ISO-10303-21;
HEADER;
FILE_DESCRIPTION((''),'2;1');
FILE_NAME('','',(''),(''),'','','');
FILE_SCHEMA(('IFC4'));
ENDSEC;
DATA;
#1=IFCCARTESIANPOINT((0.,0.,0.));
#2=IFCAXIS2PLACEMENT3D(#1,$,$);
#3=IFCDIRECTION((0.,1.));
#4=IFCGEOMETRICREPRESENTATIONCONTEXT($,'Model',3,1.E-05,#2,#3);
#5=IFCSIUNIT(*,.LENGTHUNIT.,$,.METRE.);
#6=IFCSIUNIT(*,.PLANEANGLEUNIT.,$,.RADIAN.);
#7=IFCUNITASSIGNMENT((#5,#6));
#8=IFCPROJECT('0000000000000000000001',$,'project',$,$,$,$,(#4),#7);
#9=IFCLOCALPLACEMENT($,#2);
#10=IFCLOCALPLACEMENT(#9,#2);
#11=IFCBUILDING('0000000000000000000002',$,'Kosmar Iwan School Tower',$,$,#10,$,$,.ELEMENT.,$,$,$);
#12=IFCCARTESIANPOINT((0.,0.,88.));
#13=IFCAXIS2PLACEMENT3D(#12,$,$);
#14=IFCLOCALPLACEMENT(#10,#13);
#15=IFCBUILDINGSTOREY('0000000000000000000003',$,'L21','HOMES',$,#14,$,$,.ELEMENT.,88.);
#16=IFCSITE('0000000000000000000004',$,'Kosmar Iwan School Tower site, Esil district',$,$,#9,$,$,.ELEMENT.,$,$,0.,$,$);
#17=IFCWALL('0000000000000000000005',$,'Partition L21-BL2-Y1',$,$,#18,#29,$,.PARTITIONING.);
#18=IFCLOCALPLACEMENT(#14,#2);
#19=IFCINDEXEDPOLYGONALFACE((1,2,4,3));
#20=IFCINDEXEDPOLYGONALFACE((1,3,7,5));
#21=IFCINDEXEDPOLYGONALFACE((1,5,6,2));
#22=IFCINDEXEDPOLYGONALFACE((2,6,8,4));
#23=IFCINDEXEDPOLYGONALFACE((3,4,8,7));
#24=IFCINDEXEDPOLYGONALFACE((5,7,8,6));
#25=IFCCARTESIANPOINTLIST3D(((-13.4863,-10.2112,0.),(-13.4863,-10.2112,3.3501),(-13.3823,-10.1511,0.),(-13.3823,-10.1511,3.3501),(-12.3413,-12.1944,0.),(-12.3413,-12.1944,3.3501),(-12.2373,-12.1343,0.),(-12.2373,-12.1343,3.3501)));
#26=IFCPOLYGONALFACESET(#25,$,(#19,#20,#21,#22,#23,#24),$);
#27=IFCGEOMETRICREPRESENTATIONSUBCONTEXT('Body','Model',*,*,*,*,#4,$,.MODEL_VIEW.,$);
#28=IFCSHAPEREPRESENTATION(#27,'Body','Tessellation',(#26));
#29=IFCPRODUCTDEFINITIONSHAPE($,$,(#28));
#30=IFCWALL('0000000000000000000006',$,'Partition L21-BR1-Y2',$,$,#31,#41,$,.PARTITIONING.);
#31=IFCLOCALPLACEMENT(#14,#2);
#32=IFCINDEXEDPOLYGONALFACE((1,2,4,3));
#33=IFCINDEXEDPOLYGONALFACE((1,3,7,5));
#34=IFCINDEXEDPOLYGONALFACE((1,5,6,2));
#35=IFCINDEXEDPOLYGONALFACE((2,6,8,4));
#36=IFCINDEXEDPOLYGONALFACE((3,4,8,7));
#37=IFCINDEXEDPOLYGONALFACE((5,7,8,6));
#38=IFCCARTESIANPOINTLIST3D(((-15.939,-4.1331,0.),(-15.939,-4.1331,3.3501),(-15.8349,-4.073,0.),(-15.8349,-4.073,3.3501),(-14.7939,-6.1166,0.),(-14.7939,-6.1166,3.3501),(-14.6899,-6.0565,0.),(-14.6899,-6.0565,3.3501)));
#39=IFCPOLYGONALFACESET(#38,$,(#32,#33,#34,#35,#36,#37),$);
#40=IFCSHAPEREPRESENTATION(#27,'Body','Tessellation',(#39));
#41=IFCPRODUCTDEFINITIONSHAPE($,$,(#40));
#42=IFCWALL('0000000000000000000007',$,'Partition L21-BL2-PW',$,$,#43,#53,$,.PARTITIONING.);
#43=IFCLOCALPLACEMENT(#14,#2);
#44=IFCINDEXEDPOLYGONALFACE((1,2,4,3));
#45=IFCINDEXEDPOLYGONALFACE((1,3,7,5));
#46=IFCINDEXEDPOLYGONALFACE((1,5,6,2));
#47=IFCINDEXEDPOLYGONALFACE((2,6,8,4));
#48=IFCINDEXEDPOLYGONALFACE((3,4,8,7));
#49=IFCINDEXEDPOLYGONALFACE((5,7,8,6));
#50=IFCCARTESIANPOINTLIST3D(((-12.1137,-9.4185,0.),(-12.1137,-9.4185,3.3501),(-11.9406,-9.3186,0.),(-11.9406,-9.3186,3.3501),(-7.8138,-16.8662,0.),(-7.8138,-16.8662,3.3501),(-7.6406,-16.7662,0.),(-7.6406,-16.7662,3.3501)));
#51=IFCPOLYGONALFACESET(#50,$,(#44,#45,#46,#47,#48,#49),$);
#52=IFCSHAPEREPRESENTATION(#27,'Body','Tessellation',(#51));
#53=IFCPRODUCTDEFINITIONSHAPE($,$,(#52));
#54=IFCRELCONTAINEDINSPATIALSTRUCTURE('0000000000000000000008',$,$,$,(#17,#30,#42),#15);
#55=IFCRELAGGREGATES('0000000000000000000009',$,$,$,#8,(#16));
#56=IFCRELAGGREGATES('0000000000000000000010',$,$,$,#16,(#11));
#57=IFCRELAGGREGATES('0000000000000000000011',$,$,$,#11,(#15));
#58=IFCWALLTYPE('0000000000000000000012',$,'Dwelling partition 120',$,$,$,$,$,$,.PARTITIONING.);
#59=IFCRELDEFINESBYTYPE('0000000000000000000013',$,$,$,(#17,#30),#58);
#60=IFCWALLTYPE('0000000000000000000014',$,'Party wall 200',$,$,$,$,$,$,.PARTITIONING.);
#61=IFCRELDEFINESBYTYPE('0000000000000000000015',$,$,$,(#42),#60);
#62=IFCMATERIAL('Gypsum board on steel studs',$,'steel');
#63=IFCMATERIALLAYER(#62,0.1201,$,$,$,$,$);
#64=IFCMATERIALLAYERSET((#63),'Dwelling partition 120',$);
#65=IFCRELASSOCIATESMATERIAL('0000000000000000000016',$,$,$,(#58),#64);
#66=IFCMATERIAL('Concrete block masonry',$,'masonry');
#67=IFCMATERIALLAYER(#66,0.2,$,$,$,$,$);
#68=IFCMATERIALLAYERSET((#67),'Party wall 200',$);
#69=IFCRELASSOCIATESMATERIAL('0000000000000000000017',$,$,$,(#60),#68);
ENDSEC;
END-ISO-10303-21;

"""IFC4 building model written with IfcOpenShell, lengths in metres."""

from ifc_helpers import new_model, si_unit, direction, frame, frame_2d, origin, place, context, subcontext, project, spatial, rectangle, extrude, material, layer, layer_set, type_object, element, save


model = new_model("IFC4")

# Units and contexts
model_context = context("Model", 3, precision=1e-05, world=origin(), true_north=direction((0.0, 1.0)))
body_context = subcontext(model_context, "Body", "Model", "MODEL_VIEW")
ifc_project = project(units=[si_unit("LENGTHUNIT", "METRE"), si_unit("PLANEANGLEUNIT", "RADIAN")], contexts=[model_context])

# Site, building, storey
site_placement = place(None, origin())
site = spatial("IfcSite", under=ifc_project, at=site_placement, Name="Kosmar Iwan School Tower site, Esil district", CompositionType="ELEMENT", RefElevation=0.0)
building_placement = place(site_placement, origin())
building = spatial("IfcBuilding", under=site, at=building_placement, Name="Kosmar Iwan School Tower", CompositionType="ELEMENT")
storey_placement = place(building_placement, frame((0.0, 0.0, 88.0)))
storey = spatial("IfcBuildingStorey", under=building, at=storey_placement, Name="L21", Description="HOMES", CompositionType="ELEMENT", Elevation=88.0)

# Shared definitions
ifc_material_1 = material(Name="Gypsum board on steel studs", Category="steel")
ifc_layer_1 = layer(ifc_material_1, 0.1201)
ifc_layer_set_1 = layer_set([ifc_layer_1], Name="Dwelling partition 120")
wall_type_1 = type_object("IfcWallType", Name="Dwelling partition 120", PredefinedType="PARTITIONING", material=ifc_layer_set_1)

# Walls
wall_1_placement = place(storey_placement, frame((-13.4343, -10.1812, 0.0), z_axis=(0.0, 0.0, 1.0), x_axis=(0.500015, -0.866017, 0.0)))
element("IfcWall", 1, at=wall_1_placement, inside=storey, type_object=wall_type_1, Name="Partition L21-BL2-Y1", PredefinedType="PARTITIONING", context=body_context, shape_type="SweptSolid", body=[
    extrude(rectangle(XDim=2.29, YDim=0.1201, at=frame_2d((1.145, 0.0))), origin(), (0.0, 0.0, 1.0), 3.3501),
])
wall_2_placement = place(storey_placement, frame((-14.7419, -6.0864, 0.0), z_axis=(0.0, 0.0, 1.0), x_axis=(-0.499969, 0.866044, 0.0)))
element("IfcWall", 2, at=wall_2_placement, inside=storey, type_object=wall_type_1, Name="Partition L21-BR1-Y2", PredefinedType="PARTITIONING", context=body_context, shape_type="SweptSolid", body=[
    extrude(rectangle(XDim=2.2903, YDim=0.1201, at=frame_2d((1.145, 0.0))), origin(), (0.0, 0.0, 1.0), 3.3501),
])
ifc_material_2 = material(Name="Concrete block masonry", Category="masonry")
ifc_layer_2 = layer(ifc_material_2, 0.2)
ifc_layer_set_2 = layer_set([ifc_layer_2], Name="Party wall 200")
wall_type_2 = type_object("IfcWallType", Name="Party wall 200", PredefinedType="PARTITIONING", material=ifc_layer_set_2)
wall_3_placement = place(storey_placement, frame((-12.0271, -9.3687, 0.0), z_axis=(0.0, 0.0, 1.0), x_axis=(0.500008, -0.866021, 0.0)))
element("IfcWall", 3, at=wall_3_placement, inside=storey, type_object=wall_type_2, Name="Partition L21-BL2-PW", PredefinedType="PARTITIONING", context=body_context, shape_type="SweptSolid", body=[
    extrude(rectangle(XDim=8.5999, YDim=0.2, at=frame_2d((4.2998, 0.0))), origin(), (0.0, 0.0, 1.0), 3.3501),
])

save(model, "model.ifc")
